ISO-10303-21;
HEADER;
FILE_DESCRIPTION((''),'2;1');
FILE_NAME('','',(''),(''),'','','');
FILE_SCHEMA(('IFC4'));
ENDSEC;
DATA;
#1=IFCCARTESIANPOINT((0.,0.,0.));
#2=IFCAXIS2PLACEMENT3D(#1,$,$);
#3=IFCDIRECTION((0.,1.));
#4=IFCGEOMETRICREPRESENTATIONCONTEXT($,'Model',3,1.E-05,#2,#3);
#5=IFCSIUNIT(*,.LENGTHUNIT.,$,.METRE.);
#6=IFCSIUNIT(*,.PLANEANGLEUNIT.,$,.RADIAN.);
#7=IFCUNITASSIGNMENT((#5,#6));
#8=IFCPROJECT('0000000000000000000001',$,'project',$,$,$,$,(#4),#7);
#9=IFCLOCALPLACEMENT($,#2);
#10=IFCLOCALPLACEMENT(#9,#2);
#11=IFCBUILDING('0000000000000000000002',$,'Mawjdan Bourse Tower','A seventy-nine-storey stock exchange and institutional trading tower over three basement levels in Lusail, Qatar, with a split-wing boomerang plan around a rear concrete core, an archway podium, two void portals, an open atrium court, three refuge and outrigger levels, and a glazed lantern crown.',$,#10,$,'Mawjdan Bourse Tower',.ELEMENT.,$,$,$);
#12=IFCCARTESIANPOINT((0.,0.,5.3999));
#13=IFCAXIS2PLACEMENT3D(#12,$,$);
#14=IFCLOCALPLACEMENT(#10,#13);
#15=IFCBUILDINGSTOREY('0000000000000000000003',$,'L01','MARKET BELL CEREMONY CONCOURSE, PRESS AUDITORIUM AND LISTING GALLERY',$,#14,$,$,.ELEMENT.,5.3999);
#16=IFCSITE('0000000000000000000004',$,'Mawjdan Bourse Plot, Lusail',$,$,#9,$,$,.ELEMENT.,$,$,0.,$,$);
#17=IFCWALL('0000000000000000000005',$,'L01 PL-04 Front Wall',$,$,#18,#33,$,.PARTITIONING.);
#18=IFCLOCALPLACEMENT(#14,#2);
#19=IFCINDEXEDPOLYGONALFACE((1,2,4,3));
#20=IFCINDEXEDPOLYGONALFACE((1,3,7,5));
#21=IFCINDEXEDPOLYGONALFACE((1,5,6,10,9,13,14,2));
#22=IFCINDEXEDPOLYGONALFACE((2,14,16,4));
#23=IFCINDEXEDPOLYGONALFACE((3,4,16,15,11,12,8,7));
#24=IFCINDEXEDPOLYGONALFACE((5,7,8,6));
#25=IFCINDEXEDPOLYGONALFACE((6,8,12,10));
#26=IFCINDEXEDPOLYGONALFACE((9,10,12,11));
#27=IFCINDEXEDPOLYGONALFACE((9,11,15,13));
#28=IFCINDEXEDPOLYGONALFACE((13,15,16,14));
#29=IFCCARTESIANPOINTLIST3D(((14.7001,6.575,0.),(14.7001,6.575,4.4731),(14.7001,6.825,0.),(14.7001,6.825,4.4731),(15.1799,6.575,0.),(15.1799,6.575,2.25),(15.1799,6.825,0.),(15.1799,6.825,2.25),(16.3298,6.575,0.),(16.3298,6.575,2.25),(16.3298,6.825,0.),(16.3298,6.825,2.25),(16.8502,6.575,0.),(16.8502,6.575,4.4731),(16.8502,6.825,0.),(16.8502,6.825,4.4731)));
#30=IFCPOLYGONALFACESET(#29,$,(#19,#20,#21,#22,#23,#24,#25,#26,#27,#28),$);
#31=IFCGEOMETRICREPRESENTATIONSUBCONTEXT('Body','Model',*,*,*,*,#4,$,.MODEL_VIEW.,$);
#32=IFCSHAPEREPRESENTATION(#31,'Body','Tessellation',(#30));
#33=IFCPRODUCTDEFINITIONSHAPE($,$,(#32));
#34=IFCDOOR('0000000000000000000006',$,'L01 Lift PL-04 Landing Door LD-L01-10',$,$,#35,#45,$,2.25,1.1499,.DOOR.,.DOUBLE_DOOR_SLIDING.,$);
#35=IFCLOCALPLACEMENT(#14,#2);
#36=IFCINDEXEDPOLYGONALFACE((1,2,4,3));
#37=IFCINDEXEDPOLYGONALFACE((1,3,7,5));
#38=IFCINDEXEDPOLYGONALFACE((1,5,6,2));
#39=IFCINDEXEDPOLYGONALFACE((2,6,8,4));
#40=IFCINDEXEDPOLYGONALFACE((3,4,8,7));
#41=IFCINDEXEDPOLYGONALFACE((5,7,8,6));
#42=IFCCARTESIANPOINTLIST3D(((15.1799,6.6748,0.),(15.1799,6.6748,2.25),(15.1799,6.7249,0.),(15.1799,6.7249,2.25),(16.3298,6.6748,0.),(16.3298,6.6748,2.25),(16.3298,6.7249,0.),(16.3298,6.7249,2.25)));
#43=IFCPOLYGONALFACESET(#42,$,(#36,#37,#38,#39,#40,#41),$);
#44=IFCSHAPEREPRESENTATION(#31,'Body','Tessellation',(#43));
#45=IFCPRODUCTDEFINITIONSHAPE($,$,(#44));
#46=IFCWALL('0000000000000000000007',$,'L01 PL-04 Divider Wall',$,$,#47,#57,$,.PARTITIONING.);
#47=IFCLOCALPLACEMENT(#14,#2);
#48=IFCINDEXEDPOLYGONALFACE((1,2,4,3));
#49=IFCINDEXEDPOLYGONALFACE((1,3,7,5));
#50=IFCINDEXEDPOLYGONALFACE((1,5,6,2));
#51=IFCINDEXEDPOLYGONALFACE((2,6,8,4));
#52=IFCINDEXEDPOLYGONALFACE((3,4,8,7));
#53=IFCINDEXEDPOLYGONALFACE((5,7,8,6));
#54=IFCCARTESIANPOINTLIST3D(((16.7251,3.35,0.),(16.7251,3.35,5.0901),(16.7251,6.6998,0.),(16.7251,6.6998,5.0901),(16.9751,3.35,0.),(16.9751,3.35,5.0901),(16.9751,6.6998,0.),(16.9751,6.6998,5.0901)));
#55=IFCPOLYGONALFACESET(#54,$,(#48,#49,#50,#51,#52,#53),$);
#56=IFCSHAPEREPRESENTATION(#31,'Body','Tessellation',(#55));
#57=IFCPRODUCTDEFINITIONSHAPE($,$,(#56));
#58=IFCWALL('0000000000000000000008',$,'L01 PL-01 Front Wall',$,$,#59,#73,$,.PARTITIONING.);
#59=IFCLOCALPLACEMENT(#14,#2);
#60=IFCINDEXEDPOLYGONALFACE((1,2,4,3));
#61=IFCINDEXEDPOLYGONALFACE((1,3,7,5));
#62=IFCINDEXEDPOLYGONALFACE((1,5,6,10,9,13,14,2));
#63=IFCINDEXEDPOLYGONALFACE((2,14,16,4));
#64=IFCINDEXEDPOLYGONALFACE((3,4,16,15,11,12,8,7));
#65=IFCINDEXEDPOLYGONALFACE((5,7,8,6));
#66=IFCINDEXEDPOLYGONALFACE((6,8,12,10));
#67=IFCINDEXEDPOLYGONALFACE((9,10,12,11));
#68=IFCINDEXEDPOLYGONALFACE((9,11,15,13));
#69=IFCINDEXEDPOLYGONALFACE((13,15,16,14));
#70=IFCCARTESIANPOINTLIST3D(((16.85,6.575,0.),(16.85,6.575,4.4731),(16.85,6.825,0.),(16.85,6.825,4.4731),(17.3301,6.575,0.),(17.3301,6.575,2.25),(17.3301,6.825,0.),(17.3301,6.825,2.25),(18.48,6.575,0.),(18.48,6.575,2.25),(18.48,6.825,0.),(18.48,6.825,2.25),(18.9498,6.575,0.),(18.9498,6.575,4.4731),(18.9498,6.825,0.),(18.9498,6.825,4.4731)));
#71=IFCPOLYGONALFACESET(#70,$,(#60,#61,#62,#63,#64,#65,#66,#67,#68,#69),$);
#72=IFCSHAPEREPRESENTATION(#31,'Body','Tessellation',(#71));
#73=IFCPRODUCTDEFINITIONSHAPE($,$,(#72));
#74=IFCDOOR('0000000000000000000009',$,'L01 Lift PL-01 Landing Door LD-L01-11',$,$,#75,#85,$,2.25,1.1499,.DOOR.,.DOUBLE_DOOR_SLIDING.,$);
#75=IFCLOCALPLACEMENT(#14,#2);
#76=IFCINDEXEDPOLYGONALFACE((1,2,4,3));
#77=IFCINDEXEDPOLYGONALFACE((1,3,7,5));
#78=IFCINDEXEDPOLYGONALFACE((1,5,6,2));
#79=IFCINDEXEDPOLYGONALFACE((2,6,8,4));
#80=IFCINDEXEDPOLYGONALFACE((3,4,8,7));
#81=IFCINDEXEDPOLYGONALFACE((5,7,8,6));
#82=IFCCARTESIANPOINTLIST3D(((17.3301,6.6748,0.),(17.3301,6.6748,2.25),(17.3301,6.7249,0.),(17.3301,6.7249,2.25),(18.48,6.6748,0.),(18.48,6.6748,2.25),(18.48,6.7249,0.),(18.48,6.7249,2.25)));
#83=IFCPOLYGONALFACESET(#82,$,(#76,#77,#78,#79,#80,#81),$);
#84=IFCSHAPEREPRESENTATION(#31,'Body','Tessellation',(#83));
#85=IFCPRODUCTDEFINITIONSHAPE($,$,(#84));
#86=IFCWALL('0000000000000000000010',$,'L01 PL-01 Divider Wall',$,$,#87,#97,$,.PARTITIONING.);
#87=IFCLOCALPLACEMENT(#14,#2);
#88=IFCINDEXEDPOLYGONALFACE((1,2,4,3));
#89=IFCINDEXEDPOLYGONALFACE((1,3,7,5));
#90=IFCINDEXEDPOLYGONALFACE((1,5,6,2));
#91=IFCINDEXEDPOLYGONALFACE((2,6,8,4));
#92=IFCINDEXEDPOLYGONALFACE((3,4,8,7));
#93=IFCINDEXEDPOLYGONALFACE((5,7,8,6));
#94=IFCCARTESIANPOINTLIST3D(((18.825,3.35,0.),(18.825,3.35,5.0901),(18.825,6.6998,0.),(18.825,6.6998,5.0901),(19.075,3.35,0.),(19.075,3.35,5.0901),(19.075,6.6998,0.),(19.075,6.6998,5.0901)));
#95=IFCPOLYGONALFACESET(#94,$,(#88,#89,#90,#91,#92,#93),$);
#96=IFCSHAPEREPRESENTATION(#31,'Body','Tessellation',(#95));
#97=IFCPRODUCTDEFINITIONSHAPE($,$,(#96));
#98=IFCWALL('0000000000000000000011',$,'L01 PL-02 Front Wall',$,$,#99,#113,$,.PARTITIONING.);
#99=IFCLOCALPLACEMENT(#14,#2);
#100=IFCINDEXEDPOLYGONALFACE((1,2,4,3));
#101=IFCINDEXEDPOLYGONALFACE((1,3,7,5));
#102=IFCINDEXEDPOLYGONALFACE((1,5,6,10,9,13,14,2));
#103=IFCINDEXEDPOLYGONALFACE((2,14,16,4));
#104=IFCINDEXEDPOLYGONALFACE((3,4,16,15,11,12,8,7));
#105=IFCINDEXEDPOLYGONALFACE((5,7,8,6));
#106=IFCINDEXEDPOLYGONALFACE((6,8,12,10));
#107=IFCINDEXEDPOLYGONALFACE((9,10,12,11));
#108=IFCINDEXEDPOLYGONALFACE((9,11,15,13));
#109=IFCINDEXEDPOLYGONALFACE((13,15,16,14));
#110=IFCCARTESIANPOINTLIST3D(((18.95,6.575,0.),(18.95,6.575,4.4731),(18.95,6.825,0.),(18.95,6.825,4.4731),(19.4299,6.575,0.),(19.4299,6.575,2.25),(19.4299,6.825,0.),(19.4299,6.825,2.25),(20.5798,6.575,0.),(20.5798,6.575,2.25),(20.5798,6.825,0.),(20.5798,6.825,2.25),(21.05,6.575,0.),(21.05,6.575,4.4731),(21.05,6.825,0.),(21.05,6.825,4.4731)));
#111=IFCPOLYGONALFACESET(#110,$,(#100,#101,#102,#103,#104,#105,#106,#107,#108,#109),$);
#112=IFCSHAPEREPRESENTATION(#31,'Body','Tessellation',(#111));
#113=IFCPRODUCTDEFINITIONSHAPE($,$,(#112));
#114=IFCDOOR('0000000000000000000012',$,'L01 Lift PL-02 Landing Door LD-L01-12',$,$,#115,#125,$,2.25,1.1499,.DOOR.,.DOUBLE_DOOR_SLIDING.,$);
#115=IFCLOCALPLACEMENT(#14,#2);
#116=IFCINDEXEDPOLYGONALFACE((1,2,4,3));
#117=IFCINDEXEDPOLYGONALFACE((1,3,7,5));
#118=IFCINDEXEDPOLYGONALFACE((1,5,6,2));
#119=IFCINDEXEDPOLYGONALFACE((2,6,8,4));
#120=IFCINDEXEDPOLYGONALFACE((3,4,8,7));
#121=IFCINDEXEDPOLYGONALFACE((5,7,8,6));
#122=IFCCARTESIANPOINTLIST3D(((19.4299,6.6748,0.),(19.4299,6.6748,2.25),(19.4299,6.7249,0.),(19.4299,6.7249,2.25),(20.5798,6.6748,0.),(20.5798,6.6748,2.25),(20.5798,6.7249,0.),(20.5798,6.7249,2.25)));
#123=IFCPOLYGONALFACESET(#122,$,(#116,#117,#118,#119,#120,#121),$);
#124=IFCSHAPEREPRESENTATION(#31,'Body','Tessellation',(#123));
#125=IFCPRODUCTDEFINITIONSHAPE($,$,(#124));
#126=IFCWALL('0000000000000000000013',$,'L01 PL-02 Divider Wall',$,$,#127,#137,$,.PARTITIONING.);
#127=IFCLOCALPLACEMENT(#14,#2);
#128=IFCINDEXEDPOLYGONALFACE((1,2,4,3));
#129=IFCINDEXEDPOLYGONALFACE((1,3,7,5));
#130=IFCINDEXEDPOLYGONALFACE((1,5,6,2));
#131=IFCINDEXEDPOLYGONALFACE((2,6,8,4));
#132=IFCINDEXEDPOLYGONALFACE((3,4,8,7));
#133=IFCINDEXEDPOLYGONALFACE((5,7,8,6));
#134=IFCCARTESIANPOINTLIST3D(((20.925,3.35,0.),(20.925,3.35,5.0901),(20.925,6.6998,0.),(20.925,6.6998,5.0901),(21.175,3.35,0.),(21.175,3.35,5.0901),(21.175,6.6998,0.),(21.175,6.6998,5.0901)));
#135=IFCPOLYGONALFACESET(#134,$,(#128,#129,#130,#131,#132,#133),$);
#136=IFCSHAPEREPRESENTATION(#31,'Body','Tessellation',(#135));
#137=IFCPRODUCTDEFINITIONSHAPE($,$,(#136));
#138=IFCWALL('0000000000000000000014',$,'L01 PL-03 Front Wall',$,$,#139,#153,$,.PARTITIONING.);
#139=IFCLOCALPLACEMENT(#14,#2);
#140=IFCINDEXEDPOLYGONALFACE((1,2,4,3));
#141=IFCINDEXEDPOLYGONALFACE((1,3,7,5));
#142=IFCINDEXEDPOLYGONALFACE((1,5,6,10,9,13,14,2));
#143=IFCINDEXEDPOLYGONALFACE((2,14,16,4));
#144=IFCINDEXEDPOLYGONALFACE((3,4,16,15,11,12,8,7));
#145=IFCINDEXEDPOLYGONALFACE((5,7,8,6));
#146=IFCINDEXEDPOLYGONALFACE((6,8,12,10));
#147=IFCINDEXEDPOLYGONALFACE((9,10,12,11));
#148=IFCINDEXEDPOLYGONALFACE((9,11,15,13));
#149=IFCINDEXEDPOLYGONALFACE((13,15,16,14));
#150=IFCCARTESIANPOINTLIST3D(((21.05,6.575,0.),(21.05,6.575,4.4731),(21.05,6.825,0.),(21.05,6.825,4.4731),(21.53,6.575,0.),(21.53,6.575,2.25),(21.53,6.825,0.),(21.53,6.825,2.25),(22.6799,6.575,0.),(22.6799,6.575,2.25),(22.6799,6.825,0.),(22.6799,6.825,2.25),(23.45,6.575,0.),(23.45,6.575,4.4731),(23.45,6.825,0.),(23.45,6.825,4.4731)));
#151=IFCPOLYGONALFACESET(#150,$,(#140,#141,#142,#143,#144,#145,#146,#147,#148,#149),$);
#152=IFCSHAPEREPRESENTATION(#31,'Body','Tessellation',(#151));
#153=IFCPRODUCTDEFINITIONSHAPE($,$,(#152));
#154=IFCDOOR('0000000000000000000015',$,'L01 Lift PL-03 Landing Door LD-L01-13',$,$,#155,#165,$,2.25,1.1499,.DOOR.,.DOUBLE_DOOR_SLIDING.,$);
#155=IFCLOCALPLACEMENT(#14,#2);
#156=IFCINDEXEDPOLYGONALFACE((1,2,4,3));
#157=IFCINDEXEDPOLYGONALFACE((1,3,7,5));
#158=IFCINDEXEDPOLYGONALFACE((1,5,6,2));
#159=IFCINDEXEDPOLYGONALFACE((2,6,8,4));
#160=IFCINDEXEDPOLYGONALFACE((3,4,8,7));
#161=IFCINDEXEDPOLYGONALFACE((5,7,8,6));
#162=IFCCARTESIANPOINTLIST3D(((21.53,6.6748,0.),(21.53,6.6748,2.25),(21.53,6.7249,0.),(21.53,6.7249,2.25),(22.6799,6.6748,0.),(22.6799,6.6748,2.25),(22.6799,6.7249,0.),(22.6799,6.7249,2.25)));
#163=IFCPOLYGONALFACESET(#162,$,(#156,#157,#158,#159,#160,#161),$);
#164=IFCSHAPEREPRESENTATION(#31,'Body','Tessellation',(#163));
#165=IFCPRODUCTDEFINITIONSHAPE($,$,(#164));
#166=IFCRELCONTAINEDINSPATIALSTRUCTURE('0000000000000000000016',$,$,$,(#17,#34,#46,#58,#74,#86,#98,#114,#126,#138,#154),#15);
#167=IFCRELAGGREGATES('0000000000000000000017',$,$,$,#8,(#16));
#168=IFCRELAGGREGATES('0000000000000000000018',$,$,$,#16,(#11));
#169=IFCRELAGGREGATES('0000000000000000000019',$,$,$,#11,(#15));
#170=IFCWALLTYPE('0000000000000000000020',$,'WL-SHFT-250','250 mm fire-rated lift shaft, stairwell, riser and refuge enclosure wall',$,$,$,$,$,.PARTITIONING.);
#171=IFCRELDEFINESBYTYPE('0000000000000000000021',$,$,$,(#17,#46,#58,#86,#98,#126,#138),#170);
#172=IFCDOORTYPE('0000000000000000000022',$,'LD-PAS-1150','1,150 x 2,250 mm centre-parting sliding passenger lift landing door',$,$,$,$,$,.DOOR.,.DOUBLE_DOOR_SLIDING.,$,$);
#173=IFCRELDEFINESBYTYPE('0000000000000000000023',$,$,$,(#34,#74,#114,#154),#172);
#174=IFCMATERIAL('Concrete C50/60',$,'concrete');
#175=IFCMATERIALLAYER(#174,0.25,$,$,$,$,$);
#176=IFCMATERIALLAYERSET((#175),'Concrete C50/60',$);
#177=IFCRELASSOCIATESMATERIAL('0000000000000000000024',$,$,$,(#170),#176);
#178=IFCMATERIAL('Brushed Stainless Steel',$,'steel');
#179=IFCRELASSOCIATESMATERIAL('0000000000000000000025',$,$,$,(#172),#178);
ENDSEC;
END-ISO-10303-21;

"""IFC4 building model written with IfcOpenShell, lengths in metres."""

from ifc_helpers import new_model, si_unit, direction, frame, frame_2d, origin, place, context, subcontext, project, spatial, rectangle, extrude, material, layer, layer_set, type_object, element, fill, save


model = new_model("IFC4")

# Units and contexts
model_context = context("Model", 3, precision=1e-05, world=origin(), true_north=direction((0.0, 1.0)))
body_context = subcontext(model_context, "Body", "Model", "MODEL_VIEW")
ifc_project = project(units=[si_unit("LENGTHUNIT", "METRE"), si_unit("PLANEANGLEUNIT", "RADIAN")], contexts=[model_context])

# Site, building, storey
site_placement = place(None, origin())
site = spatial("IfcSite", under=ifc_project, at=site_placement, Name="Mawjdan Bourse Plot, Lusail", CompositionType="ELEMENT", RefElevation=0.0)
building_placement = place(site_placement, origin())
building = spatial("IfcBuilding", under=site, at=building_placement, Name="Mawjdan Bourse Tower", Description="A seventy-nine-storey stock exchange and institutional trading tower over three basement levels in Lusail, Qatar, with a split-wing boomerang plan around a rear concrete core, an archway podium, two void portals, an open atrium court, three refuge and outrigger levels, and a glazed lantern crown.", LongName="Mawjdan Bourse Tower", CompositionType="ELEMENT")
storey_placement = place(building_placement, frame((0.0, 0.0, 5.3999)))
storey = spatial("IfcBuildingStorey", under=building, at=storey_placement, Name="L01", Description="MARKET BELL CEREMONY CONCOURSE, PRESS AUDITORIUM AND LISTING GALLERY", CompositionType="ELEMENT", Elevation=5.3999)

# Wall, opening, door
ifc_material_1 = material(Name="Concrete C50/60", Category="concrete")
ifc_layer_1 = layer(ifc_material_1, 0.25)
ifc_layer_set_1 = layer_set([ifc_layer_1], Name="Concrete C50/60")
wall_type_1 = type_object("IfcWallType", Name="WL-SHFT-250", Description="250 mm fire-rated lift shaft, stairwell, riser and refuge enclosure wall", PredefinedType="PARTITIONING", material=ifc_layer_set_1)
wall_1_placement = place(storey_placement, frame((14.7, 6.7, 0.0), z_axis=(0.0, 0.0, 1.0), x_axis=(1.0, 0.0, 0.0)))
wall_1 = element("IfcWall", 1, at=wall_1_placement, inside=storey, type_object=wall_type_1, Name="L01 PL-04 Front Wall", PredefinedType="PARTITIONING", context=body_context, shape_type="SweptSolid", body=[
    extrude(rectangle(XDim=2.1501, YDim=0.25, at=frame_2d((1.0752, 0.0))), origin(), (0.0, 0.0, 1.0), 4.4731),
])
opening_1_placement = place(wall_1_placement, frame((0.48, 0.0, 0.0)))
opening_1 = element("IfcOpeningElement", 2, at=opening_1_placement, cuts=wall_1, PredefinedType="OPENING", context=body_context, shape_type="SweptSolid", body=[
    extrude(rectangle(XDim=1.1499, YDim=2.25, at=frame_2d((0.575, 1.125))), frame((0.0, 0.135, 0.0), z_axis=(0.0, -1.0, 0.0), x_axis=(1.0, 0.0, 0.0)), (0.0, 0.0, 1.0), 0.27),
])
ifc_material_2 = material(Name="Brushed Stainless Steel", Category="steel")
door_type_1 = type_object("IfcDoorType", Name="LD-PAS-1150", Description="1,150 x 2,250 mm centre-parting sliding passenger lift landing door", OperationType="DOUBLE_DOOR_SLIDING", PredefinedType="DOOR", material=ifc_material_2)
door_1_placement = place(opening_1_placement, origin())
door_1 = element("IfcDoor", 3, at=door_1_placement, inside=storey, type_object=door_type_1, Name="L01 Lift PL-04 Landing Door LD-L01-10", OperationType="DOUBLE_DOOR_SLIDING", OverallHeight=2.25, OverallWidth=1.1499, PredefinedType="DOOR", context=body_context, shape_type="SweptSolid", body=[
    extrude(rectangle(XDim=1.1499, YDim=2.25, at=frame_2d((0.575, 1.125))), frame((0.0, 0.0249, 0.0), z_axis=(0.0, -1.0, 0.0), x_axis=(1.0, 0.0, 0.0)), (0.0, 0.0, 1.0), 0.05),
])
fill(opening_1, door_1)

# Wall
wall_2_placement = place(storey_placement, frame((16.8501, 3.3501, 0.0), z_axis=(0.0, 0.0, 1.0), x_axis=(0.0, 1.0, 0.0)))
element("IfcWall", 4, at=wall_2_placement, inside=storey, type_object=wall_type_1, Name="L01 PL-04 Divider Wall", PredefinedType="PARTITIONING", context=body_context, shape_type="SweptSolid", body=[
    extrude(rectangle(XDim=3.3499, YDim=0.25, at=frame_2d((1.6748, 0.0))), origin(), (0.0, 0.0, 1.0), 5.0901),
])

# Wall, opening, door
wall_3_placement = place(storey_placement, frame((16.8501, 6.7, 0.0), z_axis=(0.0, 0.0, 1.0), x_axis=(1.0, 0.0, 0.0)))
wall_3 = element("IfcWall", 5, at=wall_3_placement, inside=storey, type_object=wall_type_1, Name="L01 PL-01 Front Wall", PredefinedType="PARTITIONING", context=body_context, shape_type="SweptSolid", body=[
    extrude(rectangle(XDim=2.0999, YDim=0.25, at=frame_2d((1.0498, 0.0))), origin(), (0.0, 0.0, 1.0), 4.4731),
])
opening_2_placement = place(wall_3_placement, frame((0.48, 0.0, 0.0)))
opening_2 = element("IfcOpeningElement", 6, at=opening_2_placement, cuts=wall_3, PredefinedType="OPENING", context=body_context, shape_type="SweptSolid", body=[
    extrude(rectangle(XDim=1.1499, YDim=2.25, at=frame_2d((0.575, 1.125))), frame((0.0, 0.135, 0.0), z_axis=(0.0, -1.0, 0.0), x_axis=(1.0, 0.0, 0.0)), (0.0, 0.0, 1.0), 0.27),
])
door_2_placement = place(opening_2_placement, origin())
door_2 = element("IfcDoor", 7, at=door_2_placement, inside=storey, type_object=door_type_1, Name="L01 Lift PL-01 Landing Door LD-L01-11", OperationType="DOUBLE_DOOR_SLIDING", OverallHeight=2.25, OverallWidth=1.1499, PredefinedType="DOOR", context=body_context, shape_type="SweptSolid", body=[
    extrude(rectangle(XDim=1.1499, YDim=2.25, at=frame_2d((0.575, 1.125))), frame((0.0, 0.0249, 0.0), z_axis=(0.0, -1.0, 0.0), x_axis=(1.0, 0.0, 0.0)), (0.0, 0.0, 1.0), 0.05),
])
fill(opening_2, door_2)

# Wall
wall_4_placement = place(storey_placement, frame((18.95, 3.3501, 0.0), z_axis=(0.0, 0.0, 1.0), x_axis=(0.0, 1.0, 0.0)))
element("IfcWall", 8, at=wall_4_placement, inside=storey, type_object=wall_type_1, Name="L01 PL-01 Divider Wall", PredefinedType="PARTITIONING", context=body_context, shape_type="SweptSolid", body=[
    extrude(rectangle(XDim=3.3499, YDim=0.25, at=frame_2d((1.6748, 0.0))), origin(), (0.0, 0.0, 1.0), 5.0901),
])

# Wall, opening, door
wall_5_placement = place(storey_placement, frame((18.95, 6.7, 0.0), z_axis=(0.0, 0.0, 1.0), x_axis=(1.0, 0.0, 0.0)))
wall_5 = element("IfcWall", 9, at=wall_5_placement, inside=storey, type_object=wall_type_1, Name="L01 PL-02 Front Wall", PredefinedType="PARTITIONING", context=body_context, shape_type="SweptSolid", body=[
    extrude(rectangle(XDim=2.1001, YDim=0.25, at=frame_2d((1.05, 0.0))), origin(), (0.0, 0.0, 1.0), 4.4731),
])
opening_3_placement = place(wall_5_placement, frame((0.48, 0.0, 0.0)))
opening_3 = element("IfcOpeningElement", 10, at=opening_3_placement, cuts=wall_5, PredefinedType="OPENING", context=body_context, shape_type="SweptSolid", body=[
    extrude(rectangle(XDim=1.1499, YDim=2.25, at=frame_2d((0.575, 1.125))), frame((0.0, 0.135, 0.0), z_axis=(0.0, -1.0, 0.0), x_axis=(1.0, 0.0, 0.0)), (0.0, 0.0, 1.0), 0.27),
])
door_3_placement = place(opening_3_placement, origin())
door_3 = element("IfcDoor", 11, at=door_3_placement, inside=storey, type_object=door_type_1, Name="L01 Lift PL-02 Landing Door LD-L01-12", OperationType="DOUBLE_DOOR_SLIDING", OverallHeight=2.25, OverallWidth=1.1499, PredefinedType="DOOR", context=body_context, shape_type="SweptSolid", body=[
    extrude(rectangle(XDim=1.1499, YDim=2.25, at=frame_2d((0.575, 1.125))), frame((0.0, 0.0249, 0.0), z_axis=(0.0, -1.0, 0.0), x_axis=(1.0, 0.0, 0.0)), (0.0, 0.0, 1.0), 0.05),
])
fill(opening_3, door_3)

# Wall
wall_6_placement = place(storey_placement, frame((21.05, 3.3501, 0.0), z_axis=(0.0, 0.0, 1.0), x_axis=(0.0, 1.0, 0.0)))
element("IfcWall", 12, at=wall_6_placement, inside=storey, type_object=wall_type_1, Name="L01 PL-02 Divider Wall", PredefinedType="PARTITIONING", context=body_context, shape_type="SweptSolid", body=[
    extrude(rectangle(XDim=3.3499, YDim=0.25, at=frame_2d((1.6748, 0.0))), origin(), (0.0, 0.0, 1.0), 5.0901),
])

# Wall, opening, door
wall_7_placement = place(storey_placement, frame((21.05, 6.7, 0.0), z_axis=(0.0, 0.0, 1.0), x_axis=(1.0, 0.0, 0.0)))
wall_7 = element("IfcWall", 13, at=wall_7_placement, inside=storey, type_object=wall_type_1, Name="L01 PL-03 Front Wall", PredefinedType="PARTITIONING", context=body_context, shape_type="SweptSolid", body=[
    extrude(rectangle(XDim=2.3999, YDim=0.25, at=frame_2d((1.2, 0.0))), origin(), (0.0, 0.0, 1.0), 4.4731),
])
opening_4_placement = place(wall_7_placement, frame((0.48, 0.0, 0.0)))
opening_4 = element("IfcOpeningElement", 14, at=opening_4_placement, cuts=wall_7, PredefinedType="OPENING", context=body_context, shape_type="SweptSolid", body=[
    extrude(rectangle(XDim=1.1499, YDim=2.25, at=frame_2d((0.575, 1.125))), frame((0.0, 0.135, 0.0), z_axis=(0.0, -1.0, 0.0), x_axis=(1.0, 0.0, 0.0)), (0.0, 0.0, 1.0), 0.27),
])
door_4_placement = place(opening_4_placement, origin())
door_4 = element("IfcDoor", 15, at=door_4_placement, inside=storey, type_object=door_type_1, Name="L01 Lift PL-03 Landing Door LD-L01-13", OperationType="DOUBLE_DOOR_SLIDING", OverallHeight=2.25, OverallWidth=1.1499, PredefinedType="DOOR", context=body_context, shape_type="SweptSolid", body=[
    extrude(rectangle(XDim=1.1499, YDim=2.25, at=frame_2d((0.575, 1.125))), frame((0.0, 0.0249, 0.0), z_axis=(0.0, -1.0, 0.0), x_axis=(1.0, 0.0, 0.0)), (0.0, 0.0, 1.0), 0.05),
])
fill(opening_4, door_4)

save(model, "model.ifc")
